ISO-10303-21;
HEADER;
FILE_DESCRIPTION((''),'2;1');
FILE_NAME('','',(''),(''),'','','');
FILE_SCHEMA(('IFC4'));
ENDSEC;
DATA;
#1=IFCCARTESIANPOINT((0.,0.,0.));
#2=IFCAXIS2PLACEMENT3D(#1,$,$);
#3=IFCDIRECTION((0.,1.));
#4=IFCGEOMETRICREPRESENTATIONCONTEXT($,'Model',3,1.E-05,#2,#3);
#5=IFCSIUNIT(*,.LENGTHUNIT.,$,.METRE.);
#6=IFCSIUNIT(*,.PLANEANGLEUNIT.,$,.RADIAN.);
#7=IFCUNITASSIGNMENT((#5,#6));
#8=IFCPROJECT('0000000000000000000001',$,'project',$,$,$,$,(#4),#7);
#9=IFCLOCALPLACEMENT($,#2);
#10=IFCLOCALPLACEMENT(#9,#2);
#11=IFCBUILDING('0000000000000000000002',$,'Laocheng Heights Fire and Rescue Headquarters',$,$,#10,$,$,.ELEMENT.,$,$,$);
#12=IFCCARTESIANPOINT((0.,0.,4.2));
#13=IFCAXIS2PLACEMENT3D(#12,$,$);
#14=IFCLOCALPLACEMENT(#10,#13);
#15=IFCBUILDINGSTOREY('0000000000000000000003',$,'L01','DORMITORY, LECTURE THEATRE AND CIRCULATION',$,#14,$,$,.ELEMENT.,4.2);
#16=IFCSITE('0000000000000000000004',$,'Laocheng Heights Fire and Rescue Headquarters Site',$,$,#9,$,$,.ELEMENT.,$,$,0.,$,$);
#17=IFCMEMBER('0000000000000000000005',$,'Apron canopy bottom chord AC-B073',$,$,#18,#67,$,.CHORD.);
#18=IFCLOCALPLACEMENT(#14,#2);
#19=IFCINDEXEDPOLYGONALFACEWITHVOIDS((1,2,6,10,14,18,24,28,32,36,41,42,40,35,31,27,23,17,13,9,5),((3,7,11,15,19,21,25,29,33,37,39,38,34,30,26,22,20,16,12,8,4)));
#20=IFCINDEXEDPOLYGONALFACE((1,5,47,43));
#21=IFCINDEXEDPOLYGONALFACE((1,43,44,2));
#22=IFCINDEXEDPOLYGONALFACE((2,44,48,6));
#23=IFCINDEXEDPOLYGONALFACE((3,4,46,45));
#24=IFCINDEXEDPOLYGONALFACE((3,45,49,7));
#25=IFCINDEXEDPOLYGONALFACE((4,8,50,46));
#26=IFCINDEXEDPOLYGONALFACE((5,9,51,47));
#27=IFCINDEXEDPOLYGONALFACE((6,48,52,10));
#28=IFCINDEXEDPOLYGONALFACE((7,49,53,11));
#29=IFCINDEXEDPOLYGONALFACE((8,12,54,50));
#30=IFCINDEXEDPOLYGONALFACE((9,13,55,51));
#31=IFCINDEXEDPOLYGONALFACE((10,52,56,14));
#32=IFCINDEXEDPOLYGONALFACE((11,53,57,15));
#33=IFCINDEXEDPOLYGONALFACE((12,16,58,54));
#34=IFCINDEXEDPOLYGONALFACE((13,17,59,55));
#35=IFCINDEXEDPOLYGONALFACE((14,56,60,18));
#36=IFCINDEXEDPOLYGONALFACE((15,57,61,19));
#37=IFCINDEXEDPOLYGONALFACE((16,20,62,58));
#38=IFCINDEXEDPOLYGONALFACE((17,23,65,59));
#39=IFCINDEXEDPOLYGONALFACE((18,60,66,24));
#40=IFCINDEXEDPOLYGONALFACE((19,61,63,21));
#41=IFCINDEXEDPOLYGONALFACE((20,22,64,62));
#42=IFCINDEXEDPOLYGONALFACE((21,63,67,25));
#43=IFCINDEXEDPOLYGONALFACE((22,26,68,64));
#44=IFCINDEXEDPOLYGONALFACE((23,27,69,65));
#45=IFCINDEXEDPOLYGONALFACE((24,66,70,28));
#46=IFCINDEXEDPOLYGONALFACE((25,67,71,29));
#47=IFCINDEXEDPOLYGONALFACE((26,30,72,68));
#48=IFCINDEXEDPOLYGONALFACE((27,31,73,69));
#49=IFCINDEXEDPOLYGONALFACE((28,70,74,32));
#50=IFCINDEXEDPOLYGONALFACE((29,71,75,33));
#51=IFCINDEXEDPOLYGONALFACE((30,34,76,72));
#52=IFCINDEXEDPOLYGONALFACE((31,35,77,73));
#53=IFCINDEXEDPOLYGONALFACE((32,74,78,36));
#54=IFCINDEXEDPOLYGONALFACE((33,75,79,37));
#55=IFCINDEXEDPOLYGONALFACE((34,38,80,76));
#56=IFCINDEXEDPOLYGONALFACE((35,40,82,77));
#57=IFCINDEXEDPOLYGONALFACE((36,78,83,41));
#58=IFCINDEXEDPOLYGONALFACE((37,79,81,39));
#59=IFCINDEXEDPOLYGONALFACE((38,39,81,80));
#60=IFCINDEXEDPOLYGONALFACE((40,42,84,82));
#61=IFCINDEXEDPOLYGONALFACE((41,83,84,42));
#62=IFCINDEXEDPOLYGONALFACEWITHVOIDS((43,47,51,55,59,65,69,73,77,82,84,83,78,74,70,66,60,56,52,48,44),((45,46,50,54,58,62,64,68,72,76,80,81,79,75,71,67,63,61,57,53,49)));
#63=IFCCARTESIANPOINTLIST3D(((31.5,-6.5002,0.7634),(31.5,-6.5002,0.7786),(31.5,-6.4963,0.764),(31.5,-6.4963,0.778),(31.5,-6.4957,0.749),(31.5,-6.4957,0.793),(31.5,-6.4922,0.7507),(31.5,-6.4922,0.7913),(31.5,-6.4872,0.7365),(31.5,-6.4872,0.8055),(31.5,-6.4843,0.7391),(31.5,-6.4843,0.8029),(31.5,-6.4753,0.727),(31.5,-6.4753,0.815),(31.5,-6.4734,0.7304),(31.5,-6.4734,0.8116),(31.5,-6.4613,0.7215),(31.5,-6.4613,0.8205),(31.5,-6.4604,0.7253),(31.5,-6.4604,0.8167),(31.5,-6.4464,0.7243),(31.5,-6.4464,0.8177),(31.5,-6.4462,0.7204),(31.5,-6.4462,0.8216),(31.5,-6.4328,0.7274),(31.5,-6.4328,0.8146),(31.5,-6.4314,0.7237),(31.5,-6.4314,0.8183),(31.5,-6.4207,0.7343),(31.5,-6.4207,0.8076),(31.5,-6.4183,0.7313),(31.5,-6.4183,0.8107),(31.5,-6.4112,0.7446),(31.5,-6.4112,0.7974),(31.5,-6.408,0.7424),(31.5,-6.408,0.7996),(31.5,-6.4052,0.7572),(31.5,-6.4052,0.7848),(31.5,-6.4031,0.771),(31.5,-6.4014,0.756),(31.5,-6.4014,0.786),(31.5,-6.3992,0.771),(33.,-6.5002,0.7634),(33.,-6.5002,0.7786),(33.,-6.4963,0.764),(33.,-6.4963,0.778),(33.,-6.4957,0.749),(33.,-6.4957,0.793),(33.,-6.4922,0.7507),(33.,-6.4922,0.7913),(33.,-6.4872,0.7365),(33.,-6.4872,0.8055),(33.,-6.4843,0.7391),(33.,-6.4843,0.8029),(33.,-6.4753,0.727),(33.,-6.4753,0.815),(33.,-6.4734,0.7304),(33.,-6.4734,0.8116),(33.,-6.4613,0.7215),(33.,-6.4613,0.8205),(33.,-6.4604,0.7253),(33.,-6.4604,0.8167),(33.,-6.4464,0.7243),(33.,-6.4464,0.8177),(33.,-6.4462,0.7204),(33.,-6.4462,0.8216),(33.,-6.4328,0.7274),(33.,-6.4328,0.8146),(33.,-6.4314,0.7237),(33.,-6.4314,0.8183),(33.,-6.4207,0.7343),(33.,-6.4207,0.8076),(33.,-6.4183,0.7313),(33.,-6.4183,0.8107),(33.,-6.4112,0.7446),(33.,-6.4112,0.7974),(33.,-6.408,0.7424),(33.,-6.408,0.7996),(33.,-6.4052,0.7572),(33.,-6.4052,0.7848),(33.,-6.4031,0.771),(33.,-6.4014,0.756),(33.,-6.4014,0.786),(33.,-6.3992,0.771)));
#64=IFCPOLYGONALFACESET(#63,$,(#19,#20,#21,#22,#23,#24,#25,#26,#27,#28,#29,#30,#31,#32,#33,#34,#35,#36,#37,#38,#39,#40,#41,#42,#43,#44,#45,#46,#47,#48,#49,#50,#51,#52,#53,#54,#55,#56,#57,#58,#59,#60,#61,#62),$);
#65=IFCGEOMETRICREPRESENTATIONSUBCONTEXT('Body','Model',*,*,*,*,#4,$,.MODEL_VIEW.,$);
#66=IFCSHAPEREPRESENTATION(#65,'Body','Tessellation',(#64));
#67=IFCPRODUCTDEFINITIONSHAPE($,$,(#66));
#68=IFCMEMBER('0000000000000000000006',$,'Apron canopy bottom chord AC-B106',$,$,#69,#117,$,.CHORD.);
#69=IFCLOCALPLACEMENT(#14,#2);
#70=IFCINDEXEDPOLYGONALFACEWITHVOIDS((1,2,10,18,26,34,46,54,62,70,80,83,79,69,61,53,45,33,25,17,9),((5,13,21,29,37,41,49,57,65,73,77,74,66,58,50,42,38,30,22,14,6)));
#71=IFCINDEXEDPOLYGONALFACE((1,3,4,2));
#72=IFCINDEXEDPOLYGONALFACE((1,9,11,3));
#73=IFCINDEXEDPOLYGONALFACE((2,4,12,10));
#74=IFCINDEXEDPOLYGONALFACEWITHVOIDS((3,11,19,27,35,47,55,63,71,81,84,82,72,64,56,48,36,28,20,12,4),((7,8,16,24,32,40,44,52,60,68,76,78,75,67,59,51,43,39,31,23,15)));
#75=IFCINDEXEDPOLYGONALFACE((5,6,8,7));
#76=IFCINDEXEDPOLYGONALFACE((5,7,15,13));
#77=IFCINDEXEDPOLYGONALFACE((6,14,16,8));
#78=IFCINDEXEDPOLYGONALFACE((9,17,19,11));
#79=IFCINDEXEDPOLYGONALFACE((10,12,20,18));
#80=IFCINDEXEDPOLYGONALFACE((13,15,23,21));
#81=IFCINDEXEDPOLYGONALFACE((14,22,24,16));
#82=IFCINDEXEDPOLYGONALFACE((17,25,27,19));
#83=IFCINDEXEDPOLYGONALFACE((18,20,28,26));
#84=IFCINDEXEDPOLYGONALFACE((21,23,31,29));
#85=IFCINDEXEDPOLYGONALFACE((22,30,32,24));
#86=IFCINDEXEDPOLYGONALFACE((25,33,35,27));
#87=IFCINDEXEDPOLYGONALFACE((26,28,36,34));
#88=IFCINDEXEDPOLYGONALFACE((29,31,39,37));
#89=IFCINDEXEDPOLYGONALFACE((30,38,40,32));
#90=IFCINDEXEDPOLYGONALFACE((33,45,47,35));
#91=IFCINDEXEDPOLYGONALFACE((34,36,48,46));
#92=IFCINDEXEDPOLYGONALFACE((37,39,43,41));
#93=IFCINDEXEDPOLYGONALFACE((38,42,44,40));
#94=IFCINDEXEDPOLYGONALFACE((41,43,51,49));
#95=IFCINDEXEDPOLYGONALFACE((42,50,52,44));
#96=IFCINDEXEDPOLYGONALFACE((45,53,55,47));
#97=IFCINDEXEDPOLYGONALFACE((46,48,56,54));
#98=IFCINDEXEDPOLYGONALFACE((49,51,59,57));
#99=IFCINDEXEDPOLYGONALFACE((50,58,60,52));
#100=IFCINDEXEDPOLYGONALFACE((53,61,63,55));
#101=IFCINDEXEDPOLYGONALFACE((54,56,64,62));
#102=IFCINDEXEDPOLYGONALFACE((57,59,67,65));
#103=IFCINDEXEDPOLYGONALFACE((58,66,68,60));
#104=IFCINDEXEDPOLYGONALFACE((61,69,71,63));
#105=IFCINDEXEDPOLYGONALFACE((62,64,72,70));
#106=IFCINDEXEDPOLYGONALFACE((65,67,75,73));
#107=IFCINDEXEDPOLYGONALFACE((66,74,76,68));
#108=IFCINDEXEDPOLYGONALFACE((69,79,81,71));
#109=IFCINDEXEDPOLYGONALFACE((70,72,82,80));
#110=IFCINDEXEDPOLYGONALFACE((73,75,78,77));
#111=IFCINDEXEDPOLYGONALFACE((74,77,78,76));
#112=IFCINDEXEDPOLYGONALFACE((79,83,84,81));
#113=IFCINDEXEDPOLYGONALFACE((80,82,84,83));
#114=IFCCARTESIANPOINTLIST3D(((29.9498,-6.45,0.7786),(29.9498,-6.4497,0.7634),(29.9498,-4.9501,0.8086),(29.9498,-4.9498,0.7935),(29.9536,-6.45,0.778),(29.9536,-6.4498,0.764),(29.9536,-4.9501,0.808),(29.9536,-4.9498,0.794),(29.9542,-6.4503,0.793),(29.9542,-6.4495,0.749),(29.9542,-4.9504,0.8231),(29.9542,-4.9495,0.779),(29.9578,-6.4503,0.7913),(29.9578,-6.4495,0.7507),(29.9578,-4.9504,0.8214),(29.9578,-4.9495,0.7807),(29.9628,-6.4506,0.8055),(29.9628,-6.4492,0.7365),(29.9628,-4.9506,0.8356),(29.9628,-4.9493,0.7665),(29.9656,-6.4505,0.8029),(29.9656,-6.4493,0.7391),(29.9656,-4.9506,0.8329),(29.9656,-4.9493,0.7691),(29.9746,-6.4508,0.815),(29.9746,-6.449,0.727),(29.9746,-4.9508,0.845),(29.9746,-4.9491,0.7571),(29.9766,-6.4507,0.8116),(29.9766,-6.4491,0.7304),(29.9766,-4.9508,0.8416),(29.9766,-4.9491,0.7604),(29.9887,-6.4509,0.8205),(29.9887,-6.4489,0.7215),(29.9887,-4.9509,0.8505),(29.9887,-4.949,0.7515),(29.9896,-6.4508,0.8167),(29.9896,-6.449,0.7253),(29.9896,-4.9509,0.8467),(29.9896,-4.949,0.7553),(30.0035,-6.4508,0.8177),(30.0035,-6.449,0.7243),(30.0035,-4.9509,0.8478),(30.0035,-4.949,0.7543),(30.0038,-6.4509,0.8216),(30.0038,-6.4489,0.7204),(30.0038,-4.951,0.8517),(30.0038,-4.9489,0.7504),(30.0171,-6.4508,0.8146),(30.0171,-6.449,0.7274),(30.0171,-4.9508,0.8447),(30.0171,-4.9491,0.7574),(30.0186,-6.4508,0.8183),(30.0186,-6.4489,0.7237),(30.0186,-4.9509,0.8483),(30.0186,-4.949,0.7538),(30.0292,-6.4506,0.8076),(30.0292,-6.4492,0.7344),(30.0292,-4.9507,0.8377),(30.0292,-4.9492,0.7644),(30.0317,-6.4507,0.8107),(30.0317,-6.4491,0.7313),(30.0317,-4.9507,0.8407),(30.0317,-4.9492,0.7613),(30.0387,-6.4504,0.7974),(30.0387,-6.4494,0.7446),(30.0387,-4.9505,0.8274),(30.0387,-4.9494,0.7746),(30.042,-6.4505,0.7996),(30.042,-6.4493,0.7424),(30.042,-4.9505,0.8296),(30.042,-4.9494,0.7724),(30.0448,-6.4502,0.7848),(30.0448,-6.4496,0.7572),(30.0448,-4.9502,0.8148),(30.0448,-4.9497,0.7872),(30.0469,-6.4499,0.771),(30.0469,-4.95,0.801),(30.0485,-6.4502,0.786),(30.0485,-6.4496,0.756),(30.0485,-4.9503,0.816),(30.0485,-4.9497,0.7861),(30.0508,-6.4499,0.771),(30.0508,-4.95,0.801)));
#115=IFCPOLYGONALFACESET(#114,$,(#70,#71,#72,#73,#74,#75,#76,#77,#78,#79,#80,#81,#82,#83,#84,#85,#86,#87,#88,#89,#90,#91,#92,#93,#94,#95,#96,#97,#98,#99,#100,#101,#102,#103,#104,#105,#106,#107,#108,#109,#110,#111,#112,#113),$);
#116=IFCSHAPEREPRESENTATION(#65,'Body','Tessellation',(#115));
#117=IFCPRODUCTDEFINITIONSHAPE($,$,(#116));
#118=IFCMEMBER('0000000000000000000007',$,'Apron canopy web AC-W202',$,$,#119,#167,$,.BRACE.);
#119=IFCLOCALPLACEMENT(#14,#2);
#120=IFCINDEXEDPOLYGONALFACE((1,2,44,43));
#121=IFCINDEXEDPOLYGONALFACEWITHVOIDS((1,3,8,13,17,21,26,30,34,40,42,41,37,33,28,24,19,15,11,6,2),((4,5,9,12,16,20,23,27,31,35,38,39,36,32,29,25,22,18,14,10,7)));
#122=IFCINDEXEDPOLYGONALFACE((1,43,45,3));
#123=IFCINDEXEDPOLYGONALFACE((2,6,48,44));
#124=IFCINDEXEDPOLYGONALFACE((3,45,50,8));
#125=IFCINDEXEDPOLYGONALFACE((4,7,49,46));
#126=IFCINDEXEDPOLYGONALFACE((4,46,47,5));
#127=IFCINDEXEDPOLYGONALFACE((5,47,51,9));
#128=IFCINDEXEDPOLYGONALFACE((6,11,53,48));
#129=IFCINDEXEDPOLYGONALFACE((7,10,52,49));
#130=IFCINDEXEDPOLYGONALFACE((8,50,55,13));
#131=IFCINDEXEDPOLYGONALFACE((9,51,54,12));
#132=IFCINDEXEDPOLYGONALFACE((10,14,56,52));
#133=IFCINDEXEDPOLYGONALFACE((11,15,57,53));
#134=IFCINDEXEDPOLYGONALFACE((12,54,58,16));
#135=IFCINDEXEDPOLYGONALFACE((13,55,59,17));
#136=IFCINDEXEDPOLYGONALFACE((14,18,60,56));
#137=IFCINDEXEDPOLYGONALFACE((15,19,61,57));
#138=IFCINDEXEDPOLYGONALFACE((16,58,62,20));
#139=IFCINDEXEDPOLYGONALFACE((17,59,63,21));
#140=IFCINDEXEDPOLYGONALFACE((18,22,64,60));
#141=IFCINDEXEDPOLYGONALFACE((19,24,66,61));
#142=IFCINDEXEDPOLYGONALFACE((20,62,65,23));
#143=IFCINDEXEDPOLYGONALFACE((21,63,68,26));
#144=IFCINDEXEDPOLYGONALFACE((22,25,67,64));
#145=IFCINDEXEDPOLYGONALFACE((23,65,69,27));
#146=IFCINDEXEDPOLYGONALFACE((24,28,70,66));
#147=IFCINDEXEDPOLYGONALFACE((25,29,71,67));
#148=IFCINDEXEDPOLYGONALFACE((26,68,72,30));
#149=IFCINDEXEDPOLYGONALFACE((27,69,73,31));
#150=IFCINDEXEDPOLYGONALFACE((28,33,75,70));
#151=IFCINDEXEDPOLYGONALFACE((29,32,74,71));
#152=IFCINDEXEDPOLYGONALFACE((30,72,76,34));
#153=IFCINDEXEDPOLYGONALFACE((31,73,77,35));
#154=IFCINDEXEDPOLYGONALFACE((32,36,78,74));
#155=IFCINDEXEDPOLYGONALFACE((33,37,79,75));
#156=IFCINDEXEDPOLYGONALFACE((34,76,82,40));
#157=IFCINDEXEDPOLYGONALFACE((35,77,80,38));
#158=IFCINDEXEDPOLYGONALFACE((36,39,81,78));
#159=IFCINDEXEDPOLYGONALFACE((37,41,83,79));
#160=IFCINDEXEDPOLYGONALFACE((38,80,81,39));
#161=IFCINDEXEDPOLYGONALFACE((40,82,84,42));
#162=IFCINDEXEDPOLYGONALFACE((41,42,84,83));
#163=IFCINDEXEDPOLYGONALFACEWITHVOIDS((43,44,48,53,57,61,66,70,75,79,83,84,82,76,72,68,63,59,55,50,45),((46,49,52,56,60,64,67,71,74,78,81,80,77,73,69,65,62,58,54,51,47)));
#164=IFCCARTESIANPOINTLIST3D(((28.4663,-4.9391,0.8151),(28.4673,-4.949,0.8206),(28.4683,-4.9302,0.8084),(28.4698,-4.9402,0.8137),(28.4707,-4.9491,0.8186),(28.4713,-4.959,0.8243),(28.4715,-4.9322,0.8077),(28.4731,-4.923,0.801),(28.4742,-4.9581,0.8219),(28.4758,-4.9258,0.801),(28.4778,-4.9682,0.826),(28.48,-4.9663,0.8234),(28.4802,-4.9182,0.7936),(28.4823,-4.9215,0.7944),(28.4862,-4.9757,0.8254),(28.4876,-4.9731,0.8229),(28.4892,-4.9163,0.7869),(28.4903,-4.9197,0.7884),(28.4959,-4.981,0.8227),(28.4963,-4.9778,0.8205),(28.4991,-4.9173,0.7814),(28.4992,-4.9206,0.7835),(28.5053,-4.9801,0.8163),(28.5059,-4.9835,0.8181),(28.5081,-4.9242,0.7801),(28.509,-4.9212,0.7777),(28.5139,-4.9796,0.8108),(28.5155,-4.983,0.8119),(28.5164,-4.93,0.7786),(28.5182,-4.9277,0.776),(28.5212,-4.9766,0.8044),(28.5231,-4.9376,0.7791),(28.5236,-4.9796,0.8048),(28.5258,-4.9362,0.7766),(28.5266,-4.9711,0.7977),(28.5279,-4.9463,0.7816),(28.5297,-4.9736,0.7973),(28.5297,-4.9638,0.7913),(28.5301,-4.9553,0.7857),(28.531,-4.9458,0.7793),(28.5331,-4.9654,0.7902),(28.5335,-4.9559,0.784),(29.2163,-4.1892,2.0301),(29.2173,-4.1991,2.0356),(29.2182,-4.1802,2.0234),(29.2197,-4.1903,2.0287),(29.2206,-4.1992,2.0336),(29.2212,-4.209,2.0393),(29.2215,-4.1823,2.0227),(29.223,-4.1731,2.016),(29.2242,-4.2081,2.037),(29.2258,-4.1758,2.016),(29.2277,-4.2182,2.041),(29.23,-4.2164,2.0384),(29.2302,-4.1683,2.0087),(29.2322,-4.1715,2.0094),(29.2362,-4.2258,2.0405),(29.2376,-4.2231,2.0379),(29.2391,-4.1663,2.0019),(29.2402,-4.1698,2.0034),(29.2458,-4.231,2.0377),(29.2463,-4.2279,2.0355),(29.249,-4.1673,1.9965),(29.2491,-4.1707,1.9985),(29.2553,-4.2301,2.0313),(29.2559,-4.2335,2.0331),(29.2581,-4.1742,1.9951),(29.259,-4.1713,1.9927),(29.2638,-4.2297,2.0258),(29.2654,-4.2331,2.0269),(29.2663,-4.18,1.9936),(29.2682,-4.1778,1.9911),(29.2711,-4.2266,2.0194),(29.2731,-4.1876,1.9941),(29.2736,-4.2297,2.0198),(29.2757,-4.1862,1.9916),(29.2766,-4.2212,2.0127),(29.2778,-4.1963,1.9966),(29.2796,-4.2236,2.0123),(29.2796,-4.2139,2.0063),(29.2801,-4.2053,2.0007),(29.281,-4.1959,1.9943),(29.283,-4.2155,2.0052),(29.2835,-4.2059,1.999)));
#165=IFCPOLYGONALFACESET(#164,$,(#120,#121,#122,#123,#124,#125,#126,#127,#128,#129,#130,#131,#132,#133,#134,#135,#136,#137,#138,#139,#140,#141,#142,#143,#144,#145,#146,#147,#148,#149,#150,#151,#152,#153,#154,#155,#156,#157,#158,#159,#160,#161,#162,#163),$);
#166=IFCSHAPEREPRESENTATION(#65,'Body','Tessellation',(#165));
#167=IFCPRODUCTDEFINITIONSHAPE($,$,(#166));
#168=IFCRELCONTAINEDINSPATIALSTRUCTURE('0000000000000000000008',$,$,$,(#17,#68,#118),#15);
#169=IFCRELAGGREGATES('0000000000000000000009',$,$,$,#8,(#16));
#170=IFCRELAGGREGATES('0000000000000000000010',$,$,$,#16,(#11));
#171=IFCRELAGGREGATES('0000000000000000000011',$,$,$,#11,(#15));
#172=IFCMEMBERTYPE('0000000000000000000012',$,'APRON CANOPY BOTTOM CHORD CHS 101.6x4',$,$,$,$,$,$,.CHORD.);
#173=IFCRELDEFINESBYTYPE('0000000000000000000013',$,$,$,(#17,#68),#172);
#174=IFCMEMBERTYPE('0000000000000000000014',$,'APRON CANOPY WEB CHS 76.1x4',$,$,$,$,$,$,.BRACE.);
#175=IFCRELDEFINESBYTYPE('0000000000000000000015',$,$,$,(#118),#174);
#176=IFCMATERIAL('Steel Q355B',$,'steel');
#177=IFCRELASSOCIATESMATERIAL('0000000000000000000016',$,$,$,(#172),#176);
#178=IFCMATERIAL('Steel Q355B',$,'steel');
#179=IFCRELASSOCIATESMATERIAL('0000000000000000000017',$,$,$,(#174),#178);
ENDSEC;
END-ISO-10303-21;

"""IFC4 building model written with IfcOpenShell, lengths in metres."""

from ifc_helpers import new_model, si_unit, direction, frame, origin, origin_2d, place, context, subcontext, project, spatial, hollow_circle, extrude, material, material_profile, profile_set, type_object, element, save


model = new_model("IFC4")

# Units and contexts
model_context = context("Model", 3, precision=1e-05, world=origin(), true_north=direction((0.0, 1.0)))
body_context = subcontext(model_context, "Body", "Model", "MODEL_VIEW")
ifc_project = project(units=[si_unit("LENGTHUNIT", "METRE"), si_unit("PLANEANGLEUNIT", "RADIAN")], contexts=[model_context])

# Site, building, storey
site_placement = place(None, origin())
site = spatial("IfcSite", under=ifc_project, at=site_placement, Name="Laocheng Heights Fire and Rescue Headquarters Site", CompositionType="ELEMENT", RefElevation=0.0)
building_placement = place(site_placement, origin())
building = spatial("IfcBuilding", under=site, at=building_placement, Name="Laocheng Heights Fire and Rescue Headquarters", CompositionType="ELEMENT")
storey_placement = place(building_placement, frame((0.0, 0.0, 4.2)))
storey = spatial("IfcBuildingStorey", under=building, at=storey_placement, Name="L01", Description="DORMITORY, LECTURE THEATRE AND CIRCULATION", CompositionType="ELEMENT", Elevation=4.2)

# Members
ifc_material_1 = material(Name="Steel Q355B", Category="steel")
ifc_material_profile_1 = material_profile(ifc_material_1, hollow_circle(Radius=0.0508, WallThickness=0.0039, at=origin_2d()), Name="CHS 101.6x4")
ifc_profile_set_1 = profile_set([ifc_material_profile_1], Name="Steel Q355B")
member_type_1 = type_object("IfcMemberType", Name="APRON CANOPY BOTTOM CHORD CHS 101.6x4", PredefinedType="CHORD", material=ifc_profile_set_1)
for number, where, z_axis, x_axis, name in (
    (1, (31.5, -6.45, 0.771), (1.0, 0.0, 0.0), (0.0, 1.0, 0.0), "Apron canopy bottom chord AC-B073"),
):
    element("IfcMember", number, at=place(storey_placement, frame(where, z_axis=z_axis, x_axis=x_axis)), inside=storey, type_object=member_type_1, Name=name, PredefinedType="CHORD", context=body_context, shape_type="SweptSolid", body=[
        extrude(hollow_circle(Radius=0.0508, WallThickness=0.0039, at=origin_2d()), origin(), (0.0, 0.0, 1.0), 1.5),
    ])
member_1_placement = place(storey_placement, frame((30.0, -4.95, 0.801), z_axis=(0.0, -0.9998, -0.020016), x_axis=(1.0, 0.0, 0.0)))
element("IfcMember", 2, at=member_1_placement, inside=storey, type_object=member_type_1, Name="Apron canopy bottom chord AC-B106", PredefinedType="CHORD", context=body_context, shape_type="SweptSolid", body=[
    extrude(hollow_circle(Radius=0.0508, WallThickness=0.0039, at=origin_2d()), origin(), (0.0, 0.0, 1.0), 1.5002),
])
ifc_material_2 = material(Name="Steel Q355B", Category="steel")
ifc_material_profile_2 = material_profile(ifc_material_2, hollow_circle(Radius=0.0381, WallThickness=0.0039, at=origin_2d()), Name="CHS 76.1x4")
ifc_profile_set_2 = profile_set([ifc_material_profile_2], Name="Steel Q355B")
member_type_2 = type_object("IfcMemberType", Name="APRON CANOPY WEB CHS 76.1x4", PredefinedType="BRACE", material=ifc_profile_set_2)
member_2_placement = place(storey_placement, frame((28.5, -4.95, 0.801), z_axis=(0.465002, 0.465002, 0.753357), x_axis=(-0.707107, 0.707107, 0.0)))
element("IfcMember", 3, at=member_2_placement, inside=storey, type_object=member_type_2, Name="Apron canopy web AC-W202", PredefinedType="BRACE", context=body_context, shape_type="SweptSolid", body=[
    extrude(hollow_circle(Radius=0.0381, WallThickness=0.0039, at=origin_2d()), origin(), (0.0, 0.0, 1.0), 1.6128),
])

save(model, "model.ifc")
